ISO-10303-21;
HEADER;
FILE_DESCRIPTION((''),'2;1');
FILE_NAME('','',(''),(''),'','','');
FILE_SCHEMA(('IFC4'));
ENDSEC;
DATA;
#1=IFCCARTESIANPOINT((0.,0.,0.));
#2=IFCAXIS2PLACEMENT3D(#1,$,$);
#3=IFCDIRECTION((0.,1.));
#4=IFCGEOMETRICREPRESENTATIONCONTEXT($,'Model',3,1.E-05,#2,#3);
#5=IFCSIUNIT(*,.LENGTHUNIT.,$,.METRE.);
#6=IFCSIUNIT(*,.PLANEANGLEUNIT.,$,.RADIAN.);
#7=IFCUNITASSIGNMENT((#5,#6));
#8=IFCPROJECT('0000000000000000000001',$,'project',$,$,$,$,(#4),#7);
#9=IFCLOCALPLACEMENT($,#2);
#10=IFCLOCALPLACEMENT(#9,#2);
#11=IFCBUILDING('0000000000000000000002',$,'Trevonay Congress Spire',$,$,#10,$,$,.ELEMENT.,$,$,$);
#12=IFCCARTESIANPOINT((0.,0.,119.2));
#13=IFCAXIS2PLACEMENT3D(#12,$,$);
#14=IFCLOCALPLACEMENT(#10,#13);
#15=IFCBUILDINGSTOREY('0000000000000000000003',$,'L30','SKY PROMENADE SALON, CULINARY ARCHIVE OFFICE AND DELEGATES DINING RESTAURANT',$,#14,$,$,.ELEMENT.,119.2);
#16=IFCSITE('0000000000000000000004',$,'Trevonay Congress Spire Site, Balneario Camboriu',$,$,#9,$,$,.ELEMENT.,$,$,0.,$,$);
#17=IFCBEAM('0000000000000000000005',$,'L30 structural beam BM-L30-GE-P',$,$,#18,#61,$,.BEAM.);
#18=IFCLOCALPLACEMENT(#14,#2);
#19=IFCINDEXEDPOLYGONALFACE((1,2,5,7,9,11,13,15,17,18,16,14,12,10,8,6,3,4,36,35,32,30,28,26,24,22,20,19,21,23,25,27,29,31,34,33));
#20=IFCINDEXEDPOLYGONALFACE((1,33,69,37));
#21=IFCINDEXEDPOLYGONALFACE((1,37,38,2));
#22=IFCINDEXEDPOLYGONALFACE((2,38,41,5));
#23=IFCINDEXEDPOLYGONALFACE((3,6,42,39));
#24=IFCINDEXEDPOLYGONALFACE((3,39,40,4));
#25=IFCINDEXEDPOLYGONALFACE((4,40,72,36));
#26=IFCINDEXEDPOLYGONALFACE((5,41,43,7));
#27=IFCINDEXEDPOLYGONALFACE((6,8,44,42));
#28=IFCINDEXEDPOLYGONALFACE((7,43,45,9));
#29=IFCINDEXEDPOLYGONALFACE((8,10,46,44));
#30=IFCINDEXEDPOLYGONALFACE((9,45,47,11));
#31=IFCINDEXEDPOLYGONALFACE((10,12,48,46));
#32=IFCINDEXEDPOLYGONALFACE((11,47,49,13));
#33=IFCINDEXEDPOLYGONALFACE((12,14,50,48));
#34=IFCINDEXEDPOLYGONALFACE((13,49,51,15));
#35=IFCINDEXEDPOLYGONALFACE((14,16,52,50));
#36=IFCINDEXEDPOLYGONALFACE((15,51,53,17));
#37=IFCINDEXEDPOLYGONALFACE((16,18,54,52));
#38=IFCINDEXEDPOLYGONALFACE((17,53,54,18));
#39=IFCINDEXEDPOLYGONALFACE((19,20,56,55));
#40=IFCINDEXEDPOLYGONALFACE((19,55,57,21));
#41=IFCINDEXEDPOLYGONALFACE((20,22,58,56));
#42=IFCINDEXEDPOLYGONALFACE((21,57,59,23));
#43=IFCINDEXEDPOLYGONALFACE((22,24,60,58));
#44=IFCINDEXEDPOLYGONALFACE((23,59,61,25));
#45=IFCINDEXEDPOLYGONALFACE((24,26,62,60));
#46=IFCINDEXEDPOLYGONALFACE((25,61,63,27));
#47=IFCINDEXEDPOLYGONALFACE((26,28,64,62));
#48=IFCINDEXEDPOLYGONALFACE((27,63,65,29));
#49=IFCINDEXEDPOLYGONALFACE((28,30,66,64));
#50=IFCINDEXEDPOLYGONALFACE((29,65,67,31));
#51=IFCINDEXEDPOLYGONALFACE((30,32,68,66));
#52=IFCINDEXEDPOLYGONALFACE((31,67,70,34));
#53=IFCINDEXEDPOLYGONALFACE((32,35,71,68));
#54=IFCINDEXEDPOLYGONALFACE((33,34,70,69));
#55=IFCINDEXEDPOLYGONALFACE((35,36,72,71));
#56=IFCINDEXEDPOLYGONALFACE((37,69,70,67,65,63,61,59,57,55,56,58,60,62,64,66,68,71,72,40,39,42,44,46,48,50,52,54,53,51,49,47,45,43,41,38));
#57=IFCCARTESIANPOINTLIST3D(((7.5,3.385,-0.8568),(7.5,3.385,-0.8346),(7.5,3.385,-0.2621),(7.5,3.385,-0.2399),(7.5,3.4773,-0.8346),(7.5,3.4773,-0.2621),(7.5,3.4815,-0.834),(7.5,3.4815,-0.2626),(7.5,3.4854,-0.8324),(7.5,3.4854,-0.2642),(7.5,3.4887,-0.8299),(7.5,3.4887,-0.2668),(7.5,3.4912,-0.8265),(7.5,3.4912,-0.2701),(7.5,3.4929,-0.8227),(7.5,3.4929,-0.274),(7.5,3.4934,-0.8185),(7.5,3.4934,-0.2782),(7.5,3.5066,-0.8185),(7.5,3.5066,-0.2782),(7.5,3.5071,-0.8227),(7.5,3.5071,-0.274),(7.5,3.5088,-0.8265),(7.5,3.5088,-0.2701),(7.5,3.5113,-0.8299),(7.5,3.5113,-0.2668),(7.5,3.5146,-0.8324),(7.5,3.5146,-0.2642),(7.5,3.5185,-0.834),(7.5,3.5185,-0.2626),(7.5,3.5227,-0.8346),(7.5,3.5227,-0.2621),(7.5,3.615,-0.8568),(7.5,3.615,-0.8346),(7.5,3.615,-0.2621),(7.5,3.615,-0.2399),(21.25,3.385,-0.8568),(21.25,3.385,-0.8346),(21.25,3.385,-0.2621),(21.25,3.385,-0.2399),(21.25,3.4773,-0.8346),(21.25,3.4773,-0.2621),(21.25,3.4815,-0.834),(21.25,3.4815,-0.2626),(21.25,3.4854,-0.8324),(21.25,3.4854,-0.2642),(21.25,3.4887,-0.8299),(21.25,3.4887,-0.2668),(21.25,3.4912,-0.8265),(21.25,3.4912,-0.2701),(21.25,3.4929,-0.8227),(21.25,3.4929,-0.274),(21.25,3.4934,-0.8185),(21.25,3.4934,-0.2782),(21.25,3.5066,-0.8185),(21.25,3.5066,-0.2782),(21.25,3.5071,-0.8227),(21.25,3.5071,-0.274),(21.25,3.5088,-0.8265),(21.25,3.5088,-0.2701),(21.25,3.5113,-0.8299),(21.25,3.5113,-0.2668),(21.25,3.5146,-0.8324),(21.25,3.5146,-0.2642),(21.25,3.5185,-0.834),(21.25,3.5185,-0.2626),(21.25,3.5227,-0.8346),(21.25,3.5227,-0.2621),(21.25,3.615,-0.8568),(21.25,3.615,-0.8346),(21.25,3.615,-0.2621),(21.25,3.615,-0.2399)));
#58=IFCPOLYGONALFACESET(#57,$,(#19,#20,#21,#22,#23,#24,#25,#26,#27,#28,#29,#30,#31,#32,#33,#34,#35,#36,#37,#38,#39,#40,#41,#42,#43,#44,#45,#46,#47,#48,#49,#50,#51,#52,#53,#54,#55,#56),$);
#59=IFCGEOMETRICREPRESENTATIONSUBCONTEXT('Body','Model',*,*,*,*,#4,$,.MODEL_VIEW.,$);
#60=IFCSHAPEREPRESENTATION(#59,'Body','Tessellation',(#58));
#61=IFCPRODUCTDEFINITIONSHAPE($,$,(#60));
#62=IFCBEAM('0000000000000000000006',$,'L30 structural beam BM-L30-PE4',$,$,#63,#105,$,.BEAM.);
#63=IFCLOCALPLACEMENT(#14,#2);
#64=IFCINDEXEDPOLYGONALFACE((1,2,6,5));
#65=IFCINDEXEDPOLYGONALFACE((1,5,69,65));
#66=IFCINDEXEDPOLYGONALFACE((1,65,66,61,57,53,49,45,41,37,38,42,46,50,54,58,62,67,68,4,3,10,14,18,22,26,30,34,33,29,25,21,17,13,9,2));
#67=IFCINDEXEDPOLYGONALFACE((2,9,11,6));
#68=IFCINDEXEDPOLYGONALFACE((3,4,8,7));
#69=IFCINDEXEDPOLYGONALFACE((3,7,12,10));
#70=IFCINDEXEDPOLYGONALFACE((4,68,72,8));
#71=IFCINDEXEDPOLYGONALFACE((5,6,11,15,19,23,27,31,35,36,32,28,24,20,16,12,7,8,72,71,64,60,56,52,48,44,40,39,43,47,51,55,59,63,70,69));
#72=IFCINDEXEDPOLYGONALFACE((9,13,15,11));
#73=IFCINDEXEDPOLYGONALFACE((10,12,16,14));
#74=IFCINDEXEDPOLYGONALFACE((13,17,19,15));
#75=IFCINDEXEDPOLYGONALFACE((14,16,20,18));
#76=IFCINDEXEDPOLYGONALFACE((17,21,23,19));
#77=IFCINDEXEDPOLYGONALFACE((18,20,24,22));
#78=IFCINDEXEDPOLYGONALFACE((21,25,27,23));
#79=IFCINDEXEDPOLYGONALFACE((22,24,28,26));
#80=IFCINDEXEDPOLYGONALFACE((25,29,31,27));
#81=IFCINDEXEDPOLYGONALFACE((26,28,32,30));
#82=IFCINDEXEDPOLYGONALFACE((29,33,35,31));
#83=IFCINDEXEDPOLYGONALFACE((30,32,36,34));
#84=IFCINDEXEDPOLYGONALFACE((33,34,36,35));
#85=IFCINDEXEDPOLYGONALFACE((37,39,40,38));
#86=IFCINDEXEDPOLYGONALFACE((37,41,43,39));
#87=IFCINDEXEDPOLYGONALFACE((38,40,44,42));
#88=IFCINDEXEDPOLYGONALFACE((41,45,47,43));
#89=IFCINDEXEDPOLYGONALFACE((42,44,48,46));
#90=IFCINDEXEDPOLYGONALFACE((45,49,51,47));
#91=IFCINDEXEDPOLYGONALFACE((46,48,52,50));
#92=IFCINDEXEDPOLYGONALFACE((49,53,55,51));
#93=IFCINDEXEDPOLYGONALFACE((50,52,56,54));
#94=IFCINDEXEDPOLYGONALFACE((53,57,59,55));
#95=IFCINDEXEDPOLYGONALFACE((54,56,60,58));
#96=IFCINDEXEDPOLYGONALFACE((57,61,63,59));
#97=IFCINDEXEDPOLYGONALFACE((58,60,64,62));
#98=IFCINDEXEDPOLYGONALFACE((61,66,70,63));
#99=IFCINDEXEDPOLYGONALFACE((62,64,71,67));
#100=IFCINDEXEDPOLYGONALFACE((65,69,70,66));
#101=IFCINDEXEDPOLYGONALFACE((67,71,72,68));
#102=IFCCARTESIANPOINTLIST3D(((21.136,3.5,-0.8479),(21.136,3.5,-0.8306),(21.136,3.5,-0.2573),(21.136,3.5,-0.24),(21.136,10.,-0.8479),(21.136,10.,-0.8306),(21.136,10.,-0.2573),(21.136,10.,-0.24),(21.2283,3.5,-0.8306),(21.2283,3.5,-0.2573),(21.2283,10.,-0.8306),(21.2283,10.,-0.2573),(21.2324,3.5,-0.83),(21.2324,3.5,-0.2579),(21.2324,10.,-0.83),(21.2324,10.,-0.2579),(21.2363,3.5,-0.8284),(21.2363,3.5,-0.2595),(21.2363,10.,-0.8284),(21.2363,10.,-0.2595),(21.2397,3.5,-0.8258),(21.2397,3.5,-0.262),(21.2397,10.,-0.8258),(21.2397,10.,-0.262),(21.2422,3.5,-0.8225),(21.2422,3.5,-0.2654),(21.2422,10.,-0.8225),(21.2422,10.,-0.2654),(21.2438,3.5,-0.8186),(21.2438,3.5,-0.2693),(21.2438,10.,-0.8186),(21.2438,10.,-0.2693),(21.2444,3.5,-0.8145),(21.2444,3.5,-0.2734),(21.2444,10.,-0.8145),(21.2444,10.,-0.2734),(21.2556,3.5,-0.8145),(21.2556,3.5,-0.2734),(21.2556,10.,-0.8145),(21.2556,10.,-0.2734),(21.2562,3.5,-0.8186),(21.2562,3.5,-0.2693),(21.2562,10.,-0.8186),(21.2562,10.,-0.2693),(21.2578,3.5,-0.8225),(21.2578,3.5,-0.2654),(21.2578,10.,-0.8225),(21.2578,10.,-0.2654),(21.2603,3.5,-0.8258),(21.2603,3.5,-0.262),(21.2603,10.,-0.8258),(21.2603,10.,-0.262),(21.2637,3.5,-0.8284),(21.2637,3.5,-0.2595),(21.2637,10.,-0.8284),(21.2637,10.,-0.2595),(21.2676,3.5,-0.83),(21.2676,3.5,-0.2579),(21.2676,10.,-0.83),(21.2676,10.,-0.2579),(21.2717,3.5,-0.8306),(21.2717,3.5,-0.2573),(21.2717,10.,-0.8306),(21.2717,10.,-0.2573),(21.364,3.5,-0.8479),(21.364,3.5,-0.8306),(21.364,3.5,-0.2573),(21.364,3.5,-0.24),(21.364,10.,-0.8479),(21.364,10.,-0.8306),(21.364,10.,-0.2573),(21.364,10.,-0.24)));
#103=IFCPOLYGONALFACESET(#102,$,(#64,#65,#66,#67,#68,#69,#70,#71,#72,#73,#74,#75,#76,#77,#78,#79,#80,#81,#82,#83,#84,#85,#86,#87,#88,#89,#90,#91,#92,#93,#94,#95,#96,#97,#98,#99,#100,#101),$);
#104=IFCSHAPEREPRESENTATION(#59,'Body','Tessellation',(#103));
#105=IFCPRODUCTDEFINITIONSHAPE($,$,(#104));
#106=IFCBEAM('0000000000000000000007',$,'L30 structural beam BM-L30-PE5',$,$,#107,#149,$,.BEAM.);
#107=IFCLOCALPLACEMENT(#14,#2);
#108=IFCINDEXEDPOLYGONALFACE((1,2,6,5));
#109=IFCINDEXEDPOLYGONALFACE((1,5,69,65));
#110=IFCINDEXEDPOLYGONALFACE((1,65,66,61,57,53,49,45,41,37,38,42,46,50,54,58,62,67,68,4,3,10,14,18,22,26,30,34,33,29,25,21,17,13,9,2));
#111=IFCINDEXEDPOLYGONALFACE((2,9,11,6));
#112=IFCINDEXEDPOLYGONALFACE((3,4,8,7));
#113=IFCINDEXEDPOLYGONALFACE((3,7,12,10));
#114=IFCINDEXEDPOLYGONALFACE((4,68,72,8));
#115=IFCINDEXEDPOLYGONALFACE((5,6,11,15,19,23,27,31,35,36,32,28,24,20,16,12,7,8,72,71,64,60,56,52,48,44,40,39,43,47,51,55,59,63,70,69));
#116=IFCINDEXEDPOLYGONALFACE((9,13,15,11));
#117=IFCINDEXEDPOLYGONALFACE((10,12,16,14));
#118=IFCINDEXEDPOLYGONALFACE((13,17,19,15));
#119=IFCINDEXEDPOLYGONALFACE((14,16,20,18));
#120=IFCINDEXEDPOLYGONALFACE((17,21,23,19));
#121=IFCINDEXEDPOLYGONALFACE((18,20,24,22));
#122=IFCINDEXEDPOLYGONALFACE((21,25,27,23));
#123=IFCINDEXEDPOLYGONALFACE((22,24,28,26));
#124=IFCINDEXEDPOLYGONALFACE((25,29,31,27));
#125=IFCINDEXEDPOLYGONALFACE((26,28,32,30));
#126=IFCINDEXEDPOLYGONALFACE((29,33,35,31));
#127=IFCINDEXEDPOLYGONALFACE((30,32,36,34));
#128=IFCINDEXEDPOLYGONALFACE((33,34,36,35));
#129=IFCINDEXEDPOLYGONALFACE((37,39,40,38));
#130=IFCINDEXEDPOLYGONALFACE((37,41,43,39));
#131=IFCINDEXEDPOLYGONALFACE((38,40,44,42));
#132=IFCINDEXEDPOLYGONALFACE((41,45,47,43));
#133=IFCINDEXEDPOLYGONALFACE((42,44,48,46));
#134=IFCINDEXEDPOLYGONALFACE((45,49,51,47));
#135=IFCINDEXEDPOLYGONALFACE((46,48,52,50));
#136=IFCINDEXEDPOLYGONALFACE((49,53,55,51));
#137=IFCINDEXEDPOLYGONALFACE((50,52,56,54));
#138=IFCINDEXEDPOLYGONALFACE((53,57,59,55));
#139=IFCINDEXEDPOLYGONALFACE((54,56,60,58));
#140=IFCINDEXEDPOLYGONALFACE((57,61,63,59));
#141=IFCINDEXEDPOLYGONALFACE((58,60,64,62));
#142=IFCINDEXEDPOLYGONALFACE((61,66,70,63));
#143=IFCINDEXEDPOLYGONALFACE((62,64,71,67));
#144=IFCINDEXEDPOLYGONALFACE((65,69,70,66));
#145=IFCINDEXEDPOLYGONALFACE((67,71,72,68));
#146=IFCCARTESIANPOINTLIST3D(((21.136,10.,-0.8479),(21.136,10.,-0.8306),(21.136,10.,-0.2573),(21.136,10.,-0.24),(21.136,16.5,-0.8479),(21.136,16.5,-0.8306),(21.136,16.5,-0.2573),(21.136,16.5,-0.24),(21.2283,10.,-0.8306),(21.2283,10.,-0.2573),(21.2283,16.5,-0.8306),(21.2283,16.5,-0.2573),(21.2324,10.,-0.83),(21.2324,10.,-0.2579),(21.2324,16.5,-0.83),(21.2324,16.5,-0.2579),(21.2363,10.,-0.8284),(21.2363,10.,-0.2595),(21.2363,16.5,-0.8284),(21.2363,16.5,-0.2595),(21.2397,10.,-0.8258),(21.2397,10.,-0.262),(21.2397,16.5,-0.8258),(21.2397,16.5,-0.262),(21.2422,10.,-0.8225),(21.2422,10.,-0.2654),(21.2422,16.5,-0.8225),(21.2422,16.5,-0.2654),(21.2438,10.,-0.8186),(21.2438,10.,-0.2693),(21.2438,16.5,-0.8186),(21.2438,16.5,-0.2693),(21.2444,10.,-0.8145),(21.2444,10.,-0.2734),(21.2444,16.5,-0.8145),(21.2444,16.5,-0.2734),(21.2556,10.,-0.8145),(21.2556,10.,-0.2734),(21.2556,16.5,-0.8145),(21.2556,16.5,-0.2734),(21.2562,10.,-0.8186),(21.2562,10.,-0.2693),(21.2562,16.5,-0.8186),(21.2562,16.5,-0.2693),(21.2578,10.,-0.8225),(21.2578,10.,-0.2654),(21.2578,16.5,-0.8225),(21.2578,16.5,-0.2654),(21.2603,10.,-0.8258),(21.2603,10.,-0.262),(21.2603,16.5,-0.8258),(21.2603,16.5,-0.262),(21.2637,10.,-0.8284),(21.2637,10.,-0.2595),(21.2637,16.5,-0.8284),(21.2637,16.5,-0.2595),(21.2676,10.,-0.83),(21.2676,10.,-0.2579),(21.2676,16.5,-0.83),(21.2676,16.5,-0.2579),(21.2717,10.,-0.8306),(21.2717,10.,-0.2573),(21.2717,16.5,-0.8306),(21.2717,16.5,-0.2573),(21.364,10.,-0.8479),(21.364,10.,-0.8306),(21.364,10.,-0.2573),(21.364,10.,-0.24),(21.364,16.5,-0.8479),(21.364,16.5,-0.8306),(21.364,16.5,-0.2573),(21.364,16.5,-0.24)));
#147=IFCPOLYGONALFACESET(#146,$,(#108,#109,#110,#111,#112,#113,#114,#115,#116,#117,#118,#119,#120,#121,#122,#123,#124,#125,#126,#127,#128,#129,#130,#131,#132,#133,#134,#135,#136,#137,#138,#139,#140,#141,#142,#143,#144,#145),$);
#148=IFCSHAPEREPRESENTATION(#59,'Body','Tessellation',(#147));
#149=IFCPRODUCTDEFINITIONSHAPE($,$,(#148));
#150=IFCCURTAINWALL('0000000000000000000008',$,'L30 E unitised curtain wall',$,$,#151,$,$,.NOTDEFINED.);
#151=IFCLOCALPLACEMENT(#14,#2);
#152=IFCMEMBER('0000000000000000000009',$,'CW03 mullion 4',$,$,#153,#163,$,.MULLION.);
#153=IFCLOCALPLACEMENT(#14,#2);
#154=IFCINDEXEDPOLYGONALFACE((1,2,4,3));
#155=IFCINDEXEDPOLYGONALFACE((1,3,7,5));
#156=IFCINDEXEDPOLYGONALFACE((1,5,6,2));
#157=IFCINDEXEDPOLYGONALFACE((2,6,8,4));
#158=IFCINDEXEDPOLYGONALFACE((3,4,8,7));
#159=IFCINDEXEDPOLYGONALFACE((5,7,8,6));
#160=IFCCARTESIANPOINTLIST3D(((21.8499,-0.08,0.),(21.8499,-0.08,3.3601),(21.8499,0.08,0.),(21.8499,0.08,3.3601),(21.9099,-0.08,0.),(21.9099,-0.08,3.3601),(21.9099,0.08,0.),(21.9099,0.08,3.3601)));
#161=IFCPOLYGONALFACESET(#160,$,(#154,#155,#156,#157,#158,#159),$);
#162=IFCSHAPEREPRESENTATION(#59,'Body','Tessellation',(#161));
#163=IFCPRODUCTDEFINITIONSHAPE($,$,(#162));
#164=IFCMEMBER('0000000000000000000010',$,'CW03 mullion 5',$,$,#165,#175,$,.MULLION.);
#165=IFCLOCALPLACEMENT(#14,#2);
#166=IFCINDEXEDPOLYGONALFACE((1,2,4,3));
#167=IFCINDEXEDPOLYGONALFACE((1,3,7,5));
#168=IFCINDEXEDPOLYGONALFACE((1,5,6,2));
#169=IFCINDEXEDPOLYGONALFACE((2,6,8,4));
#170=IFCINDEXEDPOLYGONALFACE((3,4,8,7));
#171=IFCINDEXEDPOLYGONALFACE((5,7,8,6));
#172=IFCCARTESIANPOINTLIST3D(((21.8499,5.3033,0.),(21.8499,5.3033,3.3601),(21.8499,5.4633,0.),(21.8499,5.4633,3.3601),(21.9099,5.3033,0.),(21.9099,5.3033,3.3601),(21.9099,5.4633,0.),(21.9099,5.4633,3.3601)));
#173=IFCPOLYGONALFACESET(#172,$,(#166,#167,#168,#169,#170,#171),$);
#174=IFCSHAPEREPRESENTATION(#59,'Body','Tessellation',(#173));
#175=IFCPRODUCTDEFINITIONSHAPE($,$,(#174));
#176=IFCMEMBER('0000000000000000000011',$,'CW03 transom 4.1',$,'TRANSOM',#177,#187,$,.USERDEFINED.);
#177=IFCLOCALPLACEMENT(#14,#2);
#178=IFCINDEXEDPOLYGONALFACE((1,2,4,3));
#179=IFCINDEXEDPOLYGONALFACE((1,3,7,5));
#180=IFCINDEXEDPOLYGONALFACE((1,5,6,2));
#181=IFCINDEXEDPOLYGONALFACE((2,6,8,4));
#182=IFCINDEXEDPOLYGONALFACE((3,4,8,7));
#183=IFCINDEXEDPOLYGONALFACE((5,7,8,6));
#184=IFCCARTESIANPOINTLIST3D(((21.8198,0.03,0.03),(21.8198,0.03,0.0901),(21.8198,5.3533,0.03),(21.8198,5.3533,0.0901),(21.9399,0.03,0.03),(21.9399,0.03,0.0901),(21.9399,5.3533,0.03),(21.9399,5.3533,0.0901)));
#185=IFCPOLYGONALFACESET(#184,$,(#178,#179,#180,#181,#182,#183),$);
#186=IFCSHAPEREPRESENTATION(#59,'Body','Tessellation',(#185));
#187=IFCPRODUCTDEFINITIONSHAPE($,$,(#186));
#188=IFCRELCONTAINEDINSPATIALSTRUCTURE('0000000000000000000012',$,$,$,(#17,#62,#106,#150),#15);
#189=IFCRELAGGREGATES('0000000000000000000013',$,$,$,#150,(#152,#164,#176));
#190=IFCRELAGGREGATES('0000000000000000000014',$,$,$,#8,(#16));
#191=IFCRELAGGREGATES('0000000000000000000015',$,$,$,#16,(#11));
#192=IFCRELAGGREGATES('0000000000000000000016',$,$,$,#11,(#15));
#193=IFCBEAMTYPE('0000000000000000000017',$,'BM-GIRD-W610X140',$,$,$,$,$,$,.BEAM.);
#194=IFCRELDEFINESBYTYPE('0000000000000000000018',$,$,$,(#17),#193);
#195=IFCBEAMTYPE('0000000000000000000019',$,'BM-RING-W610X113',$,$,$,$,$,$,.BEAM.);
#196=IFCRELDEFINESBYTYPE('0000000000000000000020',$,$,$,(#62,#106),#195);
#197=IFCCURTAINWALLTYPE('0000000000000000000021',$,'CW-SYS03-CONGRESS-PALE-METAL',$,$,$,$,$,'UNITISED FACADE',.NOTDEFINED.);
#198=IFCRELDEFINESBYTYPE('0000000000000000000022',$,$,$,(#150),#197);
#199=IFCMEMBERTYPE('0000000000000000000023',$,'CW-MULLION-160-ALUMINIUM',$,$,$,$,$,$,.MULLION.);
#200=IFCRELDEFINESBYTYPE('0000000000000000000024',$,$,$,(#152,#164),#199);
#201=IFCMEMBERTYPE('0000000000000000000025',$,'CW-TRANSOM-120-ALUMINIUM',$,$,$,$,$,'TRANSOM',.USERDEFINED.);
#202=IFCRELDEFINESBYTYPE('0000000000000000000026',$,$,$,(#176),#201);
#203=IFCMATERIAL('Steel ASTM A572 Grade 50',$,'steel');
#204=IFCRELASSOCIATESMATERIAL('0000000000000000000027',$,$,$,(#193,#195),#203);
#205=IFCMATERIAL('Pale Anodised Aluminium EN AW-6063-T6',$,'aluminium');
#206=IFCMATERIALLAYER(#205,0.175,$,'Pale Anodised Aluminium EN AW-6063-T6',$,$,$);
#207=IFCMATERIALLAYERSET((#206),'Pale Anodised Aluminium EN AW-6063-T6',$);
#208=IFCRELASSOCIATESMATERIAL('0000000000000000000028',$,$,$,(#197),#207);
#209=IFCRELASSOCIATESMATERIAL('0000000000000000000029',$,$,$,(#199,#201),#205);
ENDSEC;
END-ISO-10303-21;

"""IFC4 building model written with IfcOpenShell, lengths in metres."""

from ifc_helpers import new_model, si_unit, direction, frame, origin, origin_2d, place, context, subcontext, project, spatial, rectangle, i_section, extrude, material, layer, layer_set, material_profile, profile_set, type_object, element, aggregate, save


model = new_model("IFC4")

# Units and contexts
model_context = context("Model", 3, precision=1e-05, world=origin(), true_north=direction((0.0, 1.0)))
body_context = subcontext(model_context, "Body", "Model", "MODEL_VIEW")
ifc_project = project(units=[si_unit("LENGTHUNIT", "METRE"), si_unit("PLANEANGLEUNIT", "RADIAN")], contexts=[model_context])

# Site, building, storey
site_placement = place(None, origin())
site = spatial("IfcSite", under=ifc_project, at=site_placement, Name="Trevonay Congress Spire Site, Balneario Camboriu", CompositionType="ELEMENT", RefElevation=0.0)
building_placement = place(site_placement, origin())
building = spatial("IfcBuilding", under=site, at=building_placement, Name="Trevonay Congress Spire", CompositionType="ELEMENT")
storey_placement = place(building_placement, frame((0.0, 0.0, 119.2)))
storey = spatial("IfcBuildingStorey", under=building, at=storey_placement, Name="L30", Description="SKY PROMENADE SALON, CULINARY ARCHIVE OFFICE AND DELEGATES DINING RESTAURANT", CompositionType="ELEMENT", Elevation=119.2)

# Shared definitions
ifc_material_1 = material(Name="Steel ASTM A572 Grade 50", Category="steel")

# Beams
ifc_material_profile_1 = material_profile(ifc_material_1, i_section(OverallWidth=0.23, OverallDepth=0.6169, WebThickness=0.0132, FlangeThickness=0.0222, FilletRadius=0.0161, at=origin_2d()), Name="W610x140")
ifc_profile_set_1 = profile_set([ifc_material_profile_1], Name="Steel ASTM A572 Grade 50")
beam_type_1 = type_object("IfcBeamType", Name="BM-GIRD-W610X140", PredefinedType="BEAM", material=ifc_profile_set_1)
beam_1_placement = place(storey_placement, frame((7.5, 3.5, -0.5483), z_axis=(1.0, 0.0, 0.0), x_axis=(0.0, 1.0, 0.0)))
element("IfcBeam", 1, at=beam_1_placement, inside=storey, type_object=beam_type_1, Name="L30 structural beam BM-L30-GE-P", PredefinedType="BEAM", context=body_context, shape_type="SweptSolid", body=[
    extrude(i_section(OverallWidth=0.23, OverallDepth=0.6169, WebThickness=0.0132, FlangeThickness=0.0222, FilletRadius=0.0161, at=origin_2d()), origin(), (0.0, 0.0, 1.0), 13.75),
])
ifc_material_profile_2 = material_profile(ifc_material_1, i_section(OverallWidth=0.228, OverallDepth=0.6079, WebThickness=0.0112, FlangeThickness=0.0173, FilletRadius=0.0161, at=origin_2d()), Name="W610x113")
ifc_profile_set_2 = profile_set([ifc_material_profile_2], Name="Steel ASTM A572 Grade 50")
beam_type_2 = type_object("IfcBeamType", Name="BM-RING-W610X113", PredefinedType="BEAM", material=ifc_profile_set_2)
for number, where, z_axis, x_axis, name in (
    (2, (21.25, 3.5, -0.5439), (0.0, 1.0, 0.0), (-1.0, 0.0, 0.0), "L30 structural beam BM-L30-PE4"),
    (3, (21.25, 10.0, -0.5439), (0.0, 1.0, 0.0), (-1.0, 0.0, 0.0), "L30 structural beam BM-L30-PE5"),
):
    element("IfcBeam", number, at=place(storey_placement, frame(where, z_axis=z_axis, x_axis=x_axis)), inside=storey, type_object=beam_type_2, Name=name, PredefinedType="BEAM", context=body_context, shape_type="SweptSolid", body=[
        extrude(i_section(OverallWidth=0.228, OverallDepth=0.6079, WebThickness=0.0112, FlangeThickness=0.0173, FilletRadius=0.0161, at=origin_2d()), origin(), (0.0, 0.0, 1.0), 6.5),
    ])

# Curtain wall, members
ifc_material_2 = material(Name="Pale Anodised Aluminium EN AW-6063-T6", Category="aluminium")
ifc_layer_1 = layer(ifc_material_2, 0.175, Name="Pale Anodised Aluminium EN AW-6063-T6")
ifc_layer_set_1 = layer_set([ifc_layer_1], Name="Pale Anodised Aluminium EN AW-6063-T6")
curtain_wall_type = type_object("IfcCurtainWallType", Name="CW-SYS03-CONGRESS-PALE-METAL", ElementType="UNITISED FACADE", PredefinedType="NOTDEFINED", material=ifc_layer_set_1)
curtain_wall_placement = place(storey_placement, origin())
curtain_wall = element("IfcCurtainWall", 4, at=curtain_wall_placement, inside=storey, type_object=curtain_wall_type, Name="L30 E unitised curtain wall", PredefinedType="NOTDEFINED")
ifc_material_profile_3 = material_profile(ifc_material_2, rectangle(XDim=0.0601, YDim=0.1599, at=origin_2d()), Name="CW-MULLION-160-ALUMINIUM")
ifc_profile_set_3 = profile_set([ifc_material_profile_3], Name="Pale Anodised Aluminium EN AW-6063-T6")
member_type_1 = type_object("IfcMemberType", Name="CW-MULLION-160-ALUMINIUM", PredefinedType="MULLION", material=ifc_profile_set_3)
member_1_placement = place(storey_placement, frame((21.8799, 0.0, 0.0), z_axis=(0.0, 0.0, 1.0), x_axis=(-1.0, 0.0, 0.0)))
member_1 = element("IfcMember", 5, at=member_1_placement, type_object=member_type_1, Name="CW03 mullion 4", PredefinedType="MULLION", context=body_context, shape_type="SweptSolid", body=[
    extrude(rectangle(XDim=0.0601, YDim=0.1599, at=origin_2d()), origin(), (0.0, 0.0, 1.0), 3.3601),
])
member_2_placement = place(storey_placement, frame((21.8799, 5.3833, 0.0), z_axis=(0.0, 0.0, 1.0), x_axis=(-1.0, 0.0, 0.0)))
member_2 = element("IfcMember", 6, at=member_2_placement, type_object=member_type_1, Name="CW03 mullion 5", PredefinedType="MULLION", context=body_context, shape_type="SweptSolid", body=[
    extrude(rectangle(XDim=0.0601, YDim=0.1599, at=origin_2d()), origin(), (0.0, 0.0, 1.0), 3.3601),
])
ifc_material_profile_4 = material_profile(ifc_material_2, rectangle(XDim=0.1201, YDim=0.0601, at=origin_2d()), Name="CW-TRANSOM-120-ALUMINIUM")
ifc_profile_set_4 = profile_set([ifc_material_profile_4], Name="Pale Anodised Aluminium EN AW-6063-T6")
member_type_2 = type_object("IfcMemberType", Name="CW-TRANSOM-120-ALUMINIUM", ElementType="TRANSOM", PredefinedType="USERDEFINED", material=ifc_profile_set_4)
member_3_placement = place(storey_placement, frame((21.8799, 0.03, 0.0601), z_axis=(0.0, 1.0, 0.0), x_axis=(-1.0, 0.0, 0.0)))
member_3 = element("IfcMember", 7, at=member_3_placement, type_object=member_type_2, Name="CW03 transom 4.1", ObjectType="TRANSOM", PredefinedType="USERDEFINED", context=body_context, shape_type="SweptSolid", body=[
    extrude(rectangle(XDim=0.1201, YDim=0.0601, at=origin_2d()), origin(), (0.0, 0.0, 1.0), 5.3232),
])

aggregate(curtain_wall, [member_1, member_2, member_3])

save(model, "model.ifc")
